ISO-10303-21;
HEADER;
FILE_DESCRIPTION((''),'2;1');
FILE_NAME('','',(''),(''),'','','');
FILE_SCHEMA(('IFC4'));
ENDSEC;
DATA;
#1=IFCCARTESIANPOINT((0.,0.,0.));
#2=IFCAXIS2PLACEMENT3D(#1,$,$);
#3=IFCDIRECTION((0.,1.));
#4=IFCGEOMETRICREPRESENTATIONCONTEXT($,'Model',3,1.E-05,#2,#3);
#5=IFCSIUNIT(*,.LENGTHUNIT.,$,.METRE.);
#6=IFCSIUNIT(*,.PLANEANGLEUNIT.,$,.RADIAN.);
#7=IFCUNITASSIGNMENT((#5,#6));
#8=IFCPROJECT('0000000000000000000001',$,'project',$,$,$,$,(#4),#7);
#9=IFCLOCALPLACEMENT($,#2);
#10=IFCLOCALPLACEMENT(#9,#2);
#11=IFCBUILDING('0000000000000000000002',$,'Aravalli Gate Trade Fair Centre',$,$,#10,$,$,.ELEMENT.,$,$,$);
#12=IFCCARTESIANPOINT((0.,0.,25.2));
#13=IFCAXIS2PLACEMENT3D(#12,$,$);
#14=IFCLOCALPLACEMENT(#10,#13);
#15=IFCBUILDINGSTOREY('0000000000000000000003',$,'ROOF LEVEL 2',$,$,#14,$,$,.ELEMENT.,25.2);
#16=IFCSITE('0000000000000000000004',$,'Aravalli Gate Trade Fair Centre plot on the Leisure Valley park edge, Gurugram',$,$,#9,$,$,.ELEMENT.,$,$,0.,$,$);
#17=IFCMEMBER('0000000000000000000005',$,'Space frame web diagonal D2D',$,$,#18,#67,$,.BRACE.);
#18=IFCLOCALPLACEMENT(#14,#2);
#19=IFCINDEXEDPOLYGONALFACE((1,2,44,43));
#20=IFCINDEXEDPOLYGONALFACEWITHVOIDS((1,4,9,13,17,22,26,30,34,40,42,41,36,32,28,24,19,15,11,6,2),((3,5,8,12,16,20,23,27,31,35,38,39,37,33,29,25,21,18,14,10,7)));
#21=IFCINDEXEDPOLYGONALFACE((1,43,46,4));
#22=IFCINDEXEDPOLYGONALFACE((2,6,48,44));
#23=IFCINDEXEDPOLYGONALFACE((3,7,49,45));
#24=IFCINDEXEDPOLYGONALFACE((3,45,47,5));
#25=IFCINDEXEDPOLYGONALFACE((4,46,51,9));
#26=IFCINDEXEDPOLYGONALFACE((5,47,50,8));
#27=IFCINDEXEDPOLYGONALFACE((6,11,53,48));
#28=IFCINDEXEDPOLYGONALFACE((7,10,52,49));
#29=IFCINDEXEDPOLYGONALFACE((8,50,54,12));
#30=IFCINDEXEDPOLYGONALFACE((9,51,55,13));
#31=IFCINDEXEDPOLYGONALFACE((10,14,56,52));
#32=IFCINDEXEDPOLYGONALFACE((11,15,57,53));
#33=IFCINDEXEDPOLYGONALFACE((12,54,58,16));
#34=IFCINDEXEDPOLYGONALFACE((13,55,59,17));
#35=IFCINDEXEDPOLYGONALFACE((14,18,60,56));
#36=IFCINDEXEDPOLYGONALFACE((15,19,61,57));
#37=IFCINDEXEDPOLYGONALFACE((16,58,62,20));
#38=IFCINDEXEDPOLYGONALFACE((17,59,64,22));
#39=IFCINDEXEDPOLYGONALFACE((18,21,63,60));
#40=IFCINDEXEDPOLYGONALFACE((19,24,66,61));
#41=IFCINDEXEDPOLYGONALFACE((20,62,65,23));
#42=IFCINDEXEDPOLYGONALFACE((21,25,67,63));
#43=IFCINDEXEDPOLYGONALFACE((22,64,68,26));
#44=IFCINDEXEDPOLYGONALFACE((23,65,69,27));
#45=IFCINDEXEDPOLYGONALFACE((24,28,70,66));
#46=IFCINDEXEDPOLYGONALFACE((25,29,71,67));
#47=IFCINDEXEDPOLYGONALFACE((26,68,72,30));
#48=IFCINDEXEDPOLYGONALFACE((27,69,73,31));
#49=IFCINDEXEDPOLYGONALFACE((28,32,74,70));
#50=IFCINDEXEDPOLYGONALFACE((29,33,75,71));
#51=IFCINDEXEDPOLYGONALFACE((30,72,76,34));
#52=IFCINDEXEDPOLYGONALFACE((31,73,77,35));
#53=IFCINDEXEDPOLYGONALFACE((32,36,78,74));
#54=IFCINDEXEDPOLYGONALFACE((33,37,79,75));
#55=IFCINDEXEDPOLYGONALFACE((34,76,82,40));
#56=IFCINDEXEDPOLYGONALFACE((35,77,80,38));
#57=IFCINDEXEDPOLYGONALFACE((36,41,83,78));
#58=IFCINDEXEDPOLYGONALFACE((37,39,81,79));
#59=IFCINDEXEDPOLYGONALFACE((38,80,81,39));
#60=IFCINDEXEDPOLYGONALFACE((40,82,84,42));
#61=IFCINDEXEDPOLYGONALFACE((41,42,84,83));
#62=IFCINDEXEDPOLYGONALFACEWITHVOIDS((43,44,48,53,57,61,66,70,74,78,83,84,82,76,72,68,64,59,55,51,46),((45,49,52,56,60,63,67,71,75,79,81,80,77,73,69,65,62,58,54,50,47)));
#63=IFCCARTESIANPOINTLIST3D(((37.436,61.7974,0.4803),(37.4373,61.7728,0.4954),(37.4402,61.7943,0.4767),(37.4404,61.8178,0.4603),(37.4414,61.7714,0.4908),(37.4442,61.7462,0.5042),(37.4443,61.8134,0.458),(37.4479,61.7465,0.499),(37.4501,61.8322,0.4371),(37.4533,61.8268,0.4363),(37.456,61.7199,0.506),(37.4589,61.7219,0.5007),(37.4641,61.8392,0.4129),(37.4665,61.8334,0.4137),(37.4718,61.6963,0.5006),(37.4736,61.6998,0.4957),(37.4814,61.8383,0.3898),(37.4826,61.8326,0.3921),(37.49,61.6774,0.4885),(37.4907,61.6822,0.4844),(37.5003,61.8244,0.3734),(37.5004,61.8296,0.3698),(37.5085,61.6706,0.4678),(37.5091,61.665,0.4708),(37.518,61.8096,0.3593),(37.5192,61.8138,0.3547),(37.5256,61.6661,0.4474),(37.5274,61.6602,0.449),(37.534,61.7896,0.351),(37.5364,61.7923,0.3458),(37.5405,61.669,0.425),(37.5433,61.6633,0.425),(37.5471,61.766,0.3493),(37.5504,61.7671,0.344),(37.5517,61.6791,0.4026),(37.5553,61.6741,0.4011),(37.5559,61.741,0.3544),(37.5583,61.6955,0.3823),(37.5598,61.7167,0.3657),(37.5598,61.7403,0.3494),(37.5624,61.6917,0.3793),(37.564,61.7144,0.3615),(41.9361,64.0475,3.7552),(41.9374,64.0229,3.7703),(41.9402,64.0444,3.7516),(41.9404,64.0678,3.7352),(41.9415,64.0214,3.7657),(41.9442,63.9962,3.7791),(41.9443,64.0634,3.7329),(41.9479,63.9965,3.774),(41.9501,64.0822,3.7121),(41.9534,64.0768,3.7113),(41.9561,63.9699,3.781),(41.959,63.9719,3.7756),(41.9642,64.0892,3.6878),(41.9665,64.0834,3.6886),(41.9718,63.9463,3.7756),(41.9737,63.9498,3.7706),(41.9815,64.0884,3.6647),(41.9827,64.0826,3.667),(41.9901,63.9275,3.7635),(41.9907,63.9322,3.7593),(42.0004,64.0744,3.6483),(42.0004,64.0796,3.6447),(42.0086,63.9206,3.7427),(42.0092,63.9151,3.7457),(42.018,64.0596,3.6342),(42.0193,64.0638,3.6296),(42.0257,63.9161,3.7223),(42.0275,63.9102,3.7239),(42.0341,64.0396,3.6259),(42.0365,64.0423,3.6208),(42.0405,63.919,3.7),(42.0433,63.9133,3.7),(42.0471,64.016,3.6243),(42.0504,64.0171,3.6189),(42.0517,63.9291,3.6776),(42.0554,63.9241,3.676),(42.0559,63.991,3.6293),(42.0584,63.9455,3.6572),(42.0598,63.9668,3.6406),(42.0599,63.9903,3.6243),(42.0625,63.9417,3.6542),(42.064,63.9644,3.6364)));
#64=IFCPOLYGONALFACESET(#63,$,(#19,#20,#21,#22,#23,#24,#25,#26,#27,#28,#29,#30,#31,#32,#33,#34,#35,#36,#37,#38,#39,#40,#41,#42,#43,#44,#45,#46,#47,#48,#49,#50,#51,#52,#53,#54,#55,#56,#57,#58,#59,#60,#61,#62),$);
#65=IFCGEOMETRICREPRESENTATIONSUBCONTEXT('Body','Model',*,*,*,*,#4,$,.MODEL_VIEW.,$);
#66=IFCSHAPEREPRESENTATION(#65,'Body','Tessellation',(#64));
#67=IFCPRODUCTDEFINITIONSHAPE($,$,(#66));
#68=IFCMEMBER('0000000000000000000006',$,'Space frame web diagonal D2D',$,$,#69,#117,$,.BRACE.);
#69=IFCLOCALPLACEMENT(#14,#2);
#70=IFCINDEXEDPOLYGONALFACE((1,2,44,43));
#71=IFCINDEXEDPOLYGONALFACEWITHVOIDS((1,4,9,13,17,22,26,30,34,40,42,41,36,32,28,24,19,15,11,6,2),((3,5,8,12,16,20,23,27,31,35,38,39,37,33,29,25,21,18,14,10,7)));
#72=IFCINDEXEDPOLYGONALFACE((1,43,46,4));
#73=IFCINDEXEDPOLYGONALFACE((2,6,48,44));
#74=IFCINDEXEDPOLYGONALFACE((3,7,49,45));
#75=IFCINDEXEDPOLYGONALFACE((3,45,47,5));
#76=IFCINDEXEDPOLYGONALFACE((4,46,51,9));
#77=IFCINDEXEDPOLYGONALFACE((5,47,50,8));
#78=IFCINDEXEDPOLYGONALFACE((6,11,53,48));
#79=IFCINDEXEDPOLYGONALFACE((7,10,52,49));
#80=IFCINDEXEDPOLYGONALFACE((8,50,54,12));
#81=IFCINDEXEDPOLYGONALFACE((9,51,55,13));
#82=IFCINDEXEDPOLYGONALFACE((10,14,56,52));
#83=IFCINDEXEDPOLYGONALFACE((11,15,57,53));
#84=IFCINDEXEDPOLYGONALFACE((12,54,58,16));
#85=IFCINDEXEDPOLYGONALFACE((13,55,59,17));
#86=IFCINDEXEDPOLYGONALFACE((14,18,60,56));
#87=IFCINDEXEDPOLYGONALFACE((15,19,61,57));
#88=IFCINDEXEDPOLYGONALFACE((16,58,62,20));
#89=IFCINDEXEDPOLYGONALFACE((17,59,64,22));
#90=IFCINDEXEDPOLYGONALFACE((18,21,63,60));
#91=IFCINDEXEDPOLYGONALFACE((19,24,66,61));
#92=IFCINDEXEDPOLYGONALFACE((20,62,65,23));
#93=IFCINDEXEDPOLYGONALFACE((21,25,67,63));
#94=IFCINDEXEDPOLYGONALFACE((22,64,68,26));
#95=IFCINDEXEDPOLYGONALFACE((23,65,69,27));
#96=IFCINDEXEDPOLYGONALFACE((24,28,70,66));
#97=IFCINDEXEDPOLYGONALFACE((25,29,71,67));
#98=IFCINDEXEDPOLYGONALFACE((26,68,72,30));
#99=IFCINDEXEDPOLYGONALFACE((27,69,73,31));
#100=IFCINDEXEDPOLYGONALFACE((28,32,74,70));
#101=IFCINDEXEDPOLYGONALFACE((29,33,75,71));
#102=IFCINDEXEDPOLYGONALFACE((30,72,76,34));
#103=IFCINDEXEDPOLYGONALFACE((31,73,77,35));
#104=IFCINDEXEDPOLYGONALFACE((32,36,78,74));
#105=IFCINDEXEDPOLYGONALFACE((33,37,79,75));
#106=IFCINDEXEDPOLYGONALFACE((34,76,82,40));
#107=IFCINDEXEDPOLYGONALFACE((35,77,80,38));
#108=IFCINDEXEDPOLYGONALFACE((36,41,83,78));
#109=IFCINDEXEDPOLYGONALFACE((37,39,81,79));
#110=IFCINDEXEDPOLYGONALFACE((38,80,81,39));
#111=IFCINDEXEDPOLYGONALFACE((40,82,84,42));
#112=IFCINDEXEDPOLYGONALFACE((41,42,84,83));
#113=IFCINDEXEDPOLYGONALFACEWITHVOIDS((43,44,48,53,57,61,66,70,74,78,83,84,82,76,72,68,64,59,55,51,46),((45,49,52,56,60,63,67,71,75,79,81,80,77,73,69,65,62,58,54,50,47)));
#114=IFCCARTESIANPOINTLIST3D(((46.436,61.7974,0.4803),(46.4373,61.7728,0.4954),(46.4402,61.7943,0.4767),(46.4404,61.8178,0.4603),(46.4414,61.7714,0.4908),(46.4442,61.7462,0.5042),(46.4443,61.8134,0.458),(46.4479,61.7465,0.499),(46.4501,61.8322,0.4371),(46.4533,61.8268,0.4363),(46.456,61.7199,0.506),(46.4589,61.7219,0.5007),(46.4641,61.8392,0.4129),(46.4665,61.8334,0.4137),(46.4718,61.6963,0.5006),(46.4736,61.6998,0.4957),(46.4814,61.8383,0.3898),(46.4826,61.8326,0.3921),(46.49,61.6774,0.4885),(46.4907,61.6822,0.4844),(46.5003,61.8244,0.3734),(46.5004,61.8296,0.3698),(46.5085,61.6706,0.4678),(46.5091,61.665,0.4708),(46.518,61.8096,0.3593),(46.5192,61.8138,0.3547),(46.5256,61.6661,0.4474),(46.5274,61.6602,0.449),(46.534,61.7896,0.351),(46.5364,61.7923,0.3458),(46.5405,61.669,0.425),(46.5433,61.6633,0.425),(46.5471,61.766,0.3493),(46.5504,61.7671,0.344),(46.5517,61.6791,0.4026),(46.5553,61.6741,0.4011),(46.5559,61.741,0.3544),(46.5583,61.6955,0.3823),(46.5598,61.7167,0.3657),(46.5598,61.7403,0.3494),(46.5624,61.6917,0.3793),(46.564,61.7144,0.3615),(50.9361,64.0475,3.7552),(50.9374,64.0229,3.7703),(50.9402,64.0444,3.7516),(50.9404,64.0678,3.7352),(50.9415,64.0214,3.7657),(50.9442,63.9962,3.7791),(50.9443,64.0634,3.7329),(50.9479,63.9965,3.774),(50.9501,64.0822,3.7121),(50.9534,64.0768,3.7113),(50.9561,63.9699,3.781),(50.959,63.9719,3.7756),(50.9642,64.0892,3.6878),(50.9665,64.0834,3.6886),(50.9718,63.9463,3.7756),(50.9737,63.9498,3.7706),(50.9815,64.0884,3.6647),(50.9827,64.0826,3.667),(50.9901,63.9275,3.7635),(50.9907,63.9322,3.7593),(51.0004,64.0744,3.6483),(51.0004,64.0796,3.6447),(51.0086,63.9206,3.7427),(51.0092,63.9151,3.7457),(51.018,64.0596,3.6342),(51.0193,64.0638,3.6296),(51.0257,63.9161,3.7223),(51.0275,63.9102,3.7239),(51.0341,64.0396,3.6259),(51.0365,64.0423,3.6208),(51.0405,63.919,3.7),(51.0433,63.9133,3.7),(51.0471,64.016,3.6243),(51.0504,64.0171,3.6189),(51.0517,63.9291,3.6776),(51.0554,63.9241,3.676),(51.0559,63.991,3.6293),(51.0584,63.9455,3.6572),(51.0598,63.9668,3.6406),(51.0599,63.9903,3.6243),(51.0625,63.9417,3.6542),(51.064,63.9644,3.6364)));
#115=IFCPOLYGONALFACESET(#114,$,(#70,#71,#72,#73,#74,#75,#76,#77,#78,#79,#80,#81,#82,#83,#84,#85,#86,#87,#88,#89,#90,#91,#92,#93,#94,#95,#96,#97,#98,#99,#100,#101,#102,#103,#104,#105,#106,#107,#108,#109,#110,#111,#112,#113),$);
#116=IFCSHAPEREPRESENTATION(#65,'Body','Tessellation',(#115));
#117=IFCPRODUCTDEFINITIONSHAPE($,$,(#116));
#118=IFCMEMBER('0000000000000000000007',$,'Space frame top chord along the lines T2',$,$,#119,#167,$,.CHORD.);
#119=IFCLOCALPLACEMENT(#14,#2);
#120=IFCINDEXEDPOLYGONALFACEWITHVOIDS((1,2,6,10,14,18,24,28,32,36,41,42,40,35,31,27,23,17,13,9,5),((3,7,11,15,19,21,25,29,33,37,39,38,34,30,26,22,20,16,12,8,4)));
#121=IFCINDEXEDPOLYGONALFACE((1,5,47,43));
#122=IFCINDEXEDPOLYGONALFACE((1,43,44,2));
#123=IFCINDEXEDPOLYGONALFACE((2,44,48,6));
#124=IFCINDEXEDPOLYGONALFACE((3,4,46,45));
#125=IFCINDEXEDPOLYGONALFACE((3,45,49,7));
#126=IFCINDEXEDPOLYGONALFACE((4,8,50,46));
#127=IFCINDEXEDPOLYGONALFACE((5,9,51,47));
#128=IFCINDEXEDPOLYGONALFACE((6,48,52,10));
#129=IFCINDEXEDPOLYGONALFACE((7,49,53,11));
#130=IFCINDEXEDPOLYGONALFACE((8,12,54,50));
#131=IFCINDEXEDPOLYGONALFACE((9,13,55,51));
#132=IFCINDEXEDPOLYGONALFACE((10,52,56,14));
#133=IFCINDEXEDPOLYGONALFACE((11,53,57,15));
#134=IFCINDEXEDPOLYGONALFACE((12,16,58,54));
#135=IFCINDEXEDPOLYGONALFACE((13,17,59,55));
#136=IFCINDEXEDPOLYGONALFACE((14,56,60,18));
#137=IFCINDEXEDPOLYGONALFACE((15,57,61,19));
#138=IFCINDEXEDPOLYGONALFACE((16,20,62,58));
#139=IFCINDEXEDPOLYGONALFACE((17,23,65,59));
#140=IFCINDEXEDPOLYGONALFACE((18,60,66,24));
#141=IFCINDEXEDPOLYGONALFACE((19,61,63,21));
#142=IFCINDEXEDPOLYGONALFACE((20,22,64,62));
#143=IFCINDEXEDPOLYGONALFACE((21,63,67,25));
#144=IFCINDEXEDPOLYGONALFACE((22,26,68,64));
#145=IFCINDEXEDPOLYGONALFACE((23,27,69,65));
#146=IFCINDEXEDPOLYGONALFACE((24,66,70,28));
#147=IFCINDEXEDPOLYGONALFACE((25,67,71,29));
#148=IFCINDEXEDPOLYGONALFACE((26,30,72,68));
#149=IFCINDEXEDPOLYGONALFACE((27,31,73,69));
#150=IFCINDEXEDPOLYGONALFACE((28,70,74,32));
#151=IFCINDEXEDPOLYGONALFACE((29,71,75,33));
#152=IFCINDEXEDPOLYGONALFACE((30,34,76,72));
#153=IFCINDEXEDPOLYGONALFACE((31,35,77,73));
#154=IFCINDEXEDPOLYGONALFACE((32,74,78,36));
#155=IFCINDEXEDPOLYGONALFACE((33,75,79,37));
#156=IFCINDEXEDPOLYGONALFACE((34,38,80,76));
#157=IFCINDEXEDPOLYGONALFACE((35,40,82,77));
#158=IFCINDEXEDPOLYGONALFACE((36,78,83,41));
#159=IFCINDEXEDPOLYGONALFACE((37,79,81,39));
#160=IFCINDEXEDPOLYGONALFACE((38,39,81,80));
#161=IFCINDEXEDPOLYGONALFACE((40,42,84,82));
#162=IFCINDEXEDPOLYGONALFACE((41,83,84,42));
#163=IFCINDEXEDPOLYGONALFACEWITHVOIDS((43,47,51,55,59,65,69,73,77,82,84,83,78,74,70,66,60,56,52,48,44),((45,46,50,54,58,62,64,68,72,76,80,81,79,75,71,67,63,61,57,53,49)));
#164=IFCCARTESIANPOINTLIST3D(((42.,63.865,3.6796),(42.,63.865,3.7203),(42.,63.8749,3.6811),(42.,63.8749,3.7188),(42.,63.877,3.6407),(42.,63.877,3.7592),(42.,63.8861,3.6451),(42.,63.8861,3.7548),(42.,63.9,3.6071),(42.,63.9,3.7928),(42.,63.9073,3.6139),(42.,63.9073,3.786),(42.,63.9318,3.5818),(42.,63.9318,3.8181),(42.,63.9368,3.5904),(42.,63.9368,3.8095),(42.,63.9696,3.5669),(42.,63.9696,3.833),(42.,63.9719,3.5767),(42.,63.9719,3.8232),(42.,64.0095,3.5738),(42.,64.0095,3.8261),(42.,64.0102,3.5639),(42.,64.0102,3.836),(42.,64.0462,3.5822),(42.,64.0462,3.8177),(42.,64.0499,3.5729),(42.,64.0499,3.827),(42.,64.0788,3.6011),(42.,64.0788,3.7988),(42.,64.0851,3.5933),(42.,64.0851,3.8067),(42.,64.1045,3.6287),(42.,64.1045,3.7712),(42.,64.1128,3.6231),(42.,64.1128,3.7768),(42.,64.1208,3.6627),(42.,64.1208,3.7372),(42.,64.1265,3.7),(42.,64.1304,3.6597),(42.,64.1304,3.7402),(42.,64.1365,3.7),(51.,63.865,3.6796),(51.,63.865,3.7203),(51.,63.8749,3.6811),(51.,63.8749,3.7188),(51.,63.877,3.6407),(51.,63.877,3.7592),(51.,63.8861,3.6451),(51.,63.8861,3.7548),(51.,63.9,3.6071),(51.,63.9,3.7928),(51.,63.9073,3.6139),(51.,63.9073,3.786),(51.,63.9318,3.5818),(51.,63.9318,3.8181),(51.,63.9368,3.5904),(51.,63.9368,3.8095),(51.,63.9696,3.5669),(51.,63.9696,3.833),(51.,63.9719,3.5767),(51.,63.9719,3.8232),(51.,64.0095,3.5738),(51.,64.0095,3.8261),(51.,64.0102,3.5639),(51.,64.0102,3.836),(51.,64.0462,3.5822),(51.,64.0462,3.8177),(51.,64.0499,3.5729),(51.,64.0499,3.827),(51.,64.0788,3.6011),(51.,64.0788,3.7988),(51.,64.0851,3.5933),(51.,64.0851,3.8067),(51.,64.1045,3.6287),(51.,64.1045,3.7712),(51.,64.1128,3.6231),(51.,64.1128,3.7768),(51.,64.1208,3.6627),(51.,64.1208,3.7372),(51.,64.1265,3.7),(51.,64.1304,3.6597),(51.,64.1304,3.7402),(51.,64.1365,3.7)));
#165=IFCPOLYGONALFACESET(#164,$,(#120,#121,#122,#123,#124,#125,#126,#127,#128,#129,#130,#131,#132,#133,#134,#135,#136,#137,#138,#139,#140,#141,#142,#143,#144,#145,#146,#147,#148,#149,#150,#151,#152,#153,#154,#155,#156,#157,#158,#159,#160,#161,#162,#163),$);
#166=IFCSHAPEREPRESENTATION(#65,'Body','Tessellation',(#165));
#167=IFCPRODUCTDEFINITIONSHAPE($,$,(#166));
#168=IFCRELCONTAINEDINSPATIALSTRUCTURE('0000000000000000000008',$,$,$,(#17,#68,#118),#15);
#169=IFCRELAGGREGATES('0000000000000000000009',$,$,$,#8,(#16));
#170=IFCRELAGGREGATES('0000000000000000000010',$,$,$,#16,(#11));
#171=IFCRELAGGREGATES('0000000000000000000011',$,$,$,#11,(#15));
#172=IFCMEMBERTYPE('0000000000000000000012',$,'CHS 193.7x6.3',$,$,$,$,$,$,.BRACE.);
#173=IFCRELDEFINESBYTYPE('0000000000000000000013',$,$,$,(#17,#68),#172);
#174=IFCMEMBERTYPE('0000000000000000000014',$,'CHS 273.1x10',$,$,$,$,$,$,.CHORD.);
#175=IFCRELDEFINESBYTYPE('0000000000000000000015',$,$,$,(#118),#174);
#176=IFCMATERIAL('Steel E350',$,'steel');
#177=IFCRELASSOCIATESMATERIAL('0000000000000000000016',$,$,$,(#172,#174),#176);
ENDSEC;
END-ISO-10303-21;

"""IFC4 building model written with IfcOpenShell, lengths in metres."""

from ifc_helpers import new_model, si_unit, direction, frame, origin, origin_2d, place, context, subcontext, project, spatial, hollow_circle, extrude, material, material_profile, profile_set, type_object, element, save


model = new_model("IFC4")

# Units and contexts
model_context = context("Model", 3, precision=1e-05, world=origin(), true_north=direction((0.0, 1.0)))
body_context = subcontext(model_context, "Body", "Model", "MODEL_VIEW")
ifc_project = project(units=[si_unit("LENGTHUNIT", "METRE"), si_unit("PLANEANGLEUNIT", "RADIAN")], contexts=[model_context])

# Site, building, storey
site_placement = place(None, origin())
site = spatial("IfcSite", under=ifc_project, at=site_placement, Name="Aravalli Gate Trade Fair Centre plot on the Leisure Valley park edge, Gurugram", CompositionType="ELEMENT", RefElevation=0.0)
building_placement = place(site_placement, origin())
building = spatial("IfcBuilding", under=site, at=building_placement, Name="Aravalli Gate Trade Fair Centre", CompositionType="ELEMENT")
storey_placement = place(building_placement, frame((0.0, 0.0, 25.2)))
storey = spatial("IfcBuildingStorey", under=building, at=storey_placement, Name="ROOF LEVEL 2", CompositionType="ELEMENT", Elevation=25.2)

# Members
ifc_material = material(Name="Steel E350", Category="steel")
ifc_material_profile_1 = material_profile(ifc_material, hollow_circle(Radius=0.0969, WallThickness=0.0063, at=origin_2d()), Name="CHS 193.7x6.3")
ifc_profile_set_1 = profile_set([ifc_material_profile_1], Name="Steel E350")
member_type_1 = type_object("IfcMemberType", Name="CHS 193.7x6.3", PredefinedType="BRACE", material=ifc_profile_set_1)
for number, where, z_axis, x_axis, name in (
    (1, (42.0, 64.0, 3.7), (-0.74961, -0.374805, -0.545533), (0.447214, -0.894427, 0.0), "Space frame web diagonal D2D"),
    (2, (51.0, 64.0, 3.7), (-0.74961, -0.374805, -0.545533), (0.447214, -0.894427, 0.0), "Space frame web diagonal D2D"),
):
    element("IfcMember", number, at=place(storey_placement, frame(where, z_axis=z_axis, x_axis=x_axis)), inside=storey, type_object=member_type_1, Name=name, PredefinedType="BRACE", context=body_context, shape_type="SweptSolid", body=[
        extrude(hollow_circle(Radius=0.0969, WallThickness=0.0063, at=origin_2d()), origin(), (0.0, 0.0, 1.0), 6.0032),
    ])
ifc_material_profile_2 = material_profile(ifc_material, hollow_circle(Radius=0.1365, WallThickness=0.01, at=origin_2d()), Name="CHS 273.1x10")
ifc_profile_set_2 = profile_set([ifc_material_profile_2], Name="Steel E350")
member_type_2 = type_object("IfcMemberType", Name="CHS 273.1x10", PredefinedType="CHORD", material=ifc_profile_set_2)
for number, where, z_axis, x_axis, name in (
    (3, (42.0, 64.0, 3.7), (1.0, 0.0, 0.0), (0.0, 1.0, 0.0), "Space frame top chord along the lines T2"),
):
    element("IfcMember", number, at=place(storey_placement, frame(where, z_axis=z_axis, x_axis=x_axis)), inside=storey, type_object=member_type_2, Name=name, PredefinedType="CHORD", context=body_context, shape_type="SweptSolid", body=[
        extrude(hollow_circle(Radius=0.1365, WallThickness=0.01, at=origin_2d()), origin(), (0.0, 0.0, 1.0), 9.0),
    ])

save(model, "model.ifc")
